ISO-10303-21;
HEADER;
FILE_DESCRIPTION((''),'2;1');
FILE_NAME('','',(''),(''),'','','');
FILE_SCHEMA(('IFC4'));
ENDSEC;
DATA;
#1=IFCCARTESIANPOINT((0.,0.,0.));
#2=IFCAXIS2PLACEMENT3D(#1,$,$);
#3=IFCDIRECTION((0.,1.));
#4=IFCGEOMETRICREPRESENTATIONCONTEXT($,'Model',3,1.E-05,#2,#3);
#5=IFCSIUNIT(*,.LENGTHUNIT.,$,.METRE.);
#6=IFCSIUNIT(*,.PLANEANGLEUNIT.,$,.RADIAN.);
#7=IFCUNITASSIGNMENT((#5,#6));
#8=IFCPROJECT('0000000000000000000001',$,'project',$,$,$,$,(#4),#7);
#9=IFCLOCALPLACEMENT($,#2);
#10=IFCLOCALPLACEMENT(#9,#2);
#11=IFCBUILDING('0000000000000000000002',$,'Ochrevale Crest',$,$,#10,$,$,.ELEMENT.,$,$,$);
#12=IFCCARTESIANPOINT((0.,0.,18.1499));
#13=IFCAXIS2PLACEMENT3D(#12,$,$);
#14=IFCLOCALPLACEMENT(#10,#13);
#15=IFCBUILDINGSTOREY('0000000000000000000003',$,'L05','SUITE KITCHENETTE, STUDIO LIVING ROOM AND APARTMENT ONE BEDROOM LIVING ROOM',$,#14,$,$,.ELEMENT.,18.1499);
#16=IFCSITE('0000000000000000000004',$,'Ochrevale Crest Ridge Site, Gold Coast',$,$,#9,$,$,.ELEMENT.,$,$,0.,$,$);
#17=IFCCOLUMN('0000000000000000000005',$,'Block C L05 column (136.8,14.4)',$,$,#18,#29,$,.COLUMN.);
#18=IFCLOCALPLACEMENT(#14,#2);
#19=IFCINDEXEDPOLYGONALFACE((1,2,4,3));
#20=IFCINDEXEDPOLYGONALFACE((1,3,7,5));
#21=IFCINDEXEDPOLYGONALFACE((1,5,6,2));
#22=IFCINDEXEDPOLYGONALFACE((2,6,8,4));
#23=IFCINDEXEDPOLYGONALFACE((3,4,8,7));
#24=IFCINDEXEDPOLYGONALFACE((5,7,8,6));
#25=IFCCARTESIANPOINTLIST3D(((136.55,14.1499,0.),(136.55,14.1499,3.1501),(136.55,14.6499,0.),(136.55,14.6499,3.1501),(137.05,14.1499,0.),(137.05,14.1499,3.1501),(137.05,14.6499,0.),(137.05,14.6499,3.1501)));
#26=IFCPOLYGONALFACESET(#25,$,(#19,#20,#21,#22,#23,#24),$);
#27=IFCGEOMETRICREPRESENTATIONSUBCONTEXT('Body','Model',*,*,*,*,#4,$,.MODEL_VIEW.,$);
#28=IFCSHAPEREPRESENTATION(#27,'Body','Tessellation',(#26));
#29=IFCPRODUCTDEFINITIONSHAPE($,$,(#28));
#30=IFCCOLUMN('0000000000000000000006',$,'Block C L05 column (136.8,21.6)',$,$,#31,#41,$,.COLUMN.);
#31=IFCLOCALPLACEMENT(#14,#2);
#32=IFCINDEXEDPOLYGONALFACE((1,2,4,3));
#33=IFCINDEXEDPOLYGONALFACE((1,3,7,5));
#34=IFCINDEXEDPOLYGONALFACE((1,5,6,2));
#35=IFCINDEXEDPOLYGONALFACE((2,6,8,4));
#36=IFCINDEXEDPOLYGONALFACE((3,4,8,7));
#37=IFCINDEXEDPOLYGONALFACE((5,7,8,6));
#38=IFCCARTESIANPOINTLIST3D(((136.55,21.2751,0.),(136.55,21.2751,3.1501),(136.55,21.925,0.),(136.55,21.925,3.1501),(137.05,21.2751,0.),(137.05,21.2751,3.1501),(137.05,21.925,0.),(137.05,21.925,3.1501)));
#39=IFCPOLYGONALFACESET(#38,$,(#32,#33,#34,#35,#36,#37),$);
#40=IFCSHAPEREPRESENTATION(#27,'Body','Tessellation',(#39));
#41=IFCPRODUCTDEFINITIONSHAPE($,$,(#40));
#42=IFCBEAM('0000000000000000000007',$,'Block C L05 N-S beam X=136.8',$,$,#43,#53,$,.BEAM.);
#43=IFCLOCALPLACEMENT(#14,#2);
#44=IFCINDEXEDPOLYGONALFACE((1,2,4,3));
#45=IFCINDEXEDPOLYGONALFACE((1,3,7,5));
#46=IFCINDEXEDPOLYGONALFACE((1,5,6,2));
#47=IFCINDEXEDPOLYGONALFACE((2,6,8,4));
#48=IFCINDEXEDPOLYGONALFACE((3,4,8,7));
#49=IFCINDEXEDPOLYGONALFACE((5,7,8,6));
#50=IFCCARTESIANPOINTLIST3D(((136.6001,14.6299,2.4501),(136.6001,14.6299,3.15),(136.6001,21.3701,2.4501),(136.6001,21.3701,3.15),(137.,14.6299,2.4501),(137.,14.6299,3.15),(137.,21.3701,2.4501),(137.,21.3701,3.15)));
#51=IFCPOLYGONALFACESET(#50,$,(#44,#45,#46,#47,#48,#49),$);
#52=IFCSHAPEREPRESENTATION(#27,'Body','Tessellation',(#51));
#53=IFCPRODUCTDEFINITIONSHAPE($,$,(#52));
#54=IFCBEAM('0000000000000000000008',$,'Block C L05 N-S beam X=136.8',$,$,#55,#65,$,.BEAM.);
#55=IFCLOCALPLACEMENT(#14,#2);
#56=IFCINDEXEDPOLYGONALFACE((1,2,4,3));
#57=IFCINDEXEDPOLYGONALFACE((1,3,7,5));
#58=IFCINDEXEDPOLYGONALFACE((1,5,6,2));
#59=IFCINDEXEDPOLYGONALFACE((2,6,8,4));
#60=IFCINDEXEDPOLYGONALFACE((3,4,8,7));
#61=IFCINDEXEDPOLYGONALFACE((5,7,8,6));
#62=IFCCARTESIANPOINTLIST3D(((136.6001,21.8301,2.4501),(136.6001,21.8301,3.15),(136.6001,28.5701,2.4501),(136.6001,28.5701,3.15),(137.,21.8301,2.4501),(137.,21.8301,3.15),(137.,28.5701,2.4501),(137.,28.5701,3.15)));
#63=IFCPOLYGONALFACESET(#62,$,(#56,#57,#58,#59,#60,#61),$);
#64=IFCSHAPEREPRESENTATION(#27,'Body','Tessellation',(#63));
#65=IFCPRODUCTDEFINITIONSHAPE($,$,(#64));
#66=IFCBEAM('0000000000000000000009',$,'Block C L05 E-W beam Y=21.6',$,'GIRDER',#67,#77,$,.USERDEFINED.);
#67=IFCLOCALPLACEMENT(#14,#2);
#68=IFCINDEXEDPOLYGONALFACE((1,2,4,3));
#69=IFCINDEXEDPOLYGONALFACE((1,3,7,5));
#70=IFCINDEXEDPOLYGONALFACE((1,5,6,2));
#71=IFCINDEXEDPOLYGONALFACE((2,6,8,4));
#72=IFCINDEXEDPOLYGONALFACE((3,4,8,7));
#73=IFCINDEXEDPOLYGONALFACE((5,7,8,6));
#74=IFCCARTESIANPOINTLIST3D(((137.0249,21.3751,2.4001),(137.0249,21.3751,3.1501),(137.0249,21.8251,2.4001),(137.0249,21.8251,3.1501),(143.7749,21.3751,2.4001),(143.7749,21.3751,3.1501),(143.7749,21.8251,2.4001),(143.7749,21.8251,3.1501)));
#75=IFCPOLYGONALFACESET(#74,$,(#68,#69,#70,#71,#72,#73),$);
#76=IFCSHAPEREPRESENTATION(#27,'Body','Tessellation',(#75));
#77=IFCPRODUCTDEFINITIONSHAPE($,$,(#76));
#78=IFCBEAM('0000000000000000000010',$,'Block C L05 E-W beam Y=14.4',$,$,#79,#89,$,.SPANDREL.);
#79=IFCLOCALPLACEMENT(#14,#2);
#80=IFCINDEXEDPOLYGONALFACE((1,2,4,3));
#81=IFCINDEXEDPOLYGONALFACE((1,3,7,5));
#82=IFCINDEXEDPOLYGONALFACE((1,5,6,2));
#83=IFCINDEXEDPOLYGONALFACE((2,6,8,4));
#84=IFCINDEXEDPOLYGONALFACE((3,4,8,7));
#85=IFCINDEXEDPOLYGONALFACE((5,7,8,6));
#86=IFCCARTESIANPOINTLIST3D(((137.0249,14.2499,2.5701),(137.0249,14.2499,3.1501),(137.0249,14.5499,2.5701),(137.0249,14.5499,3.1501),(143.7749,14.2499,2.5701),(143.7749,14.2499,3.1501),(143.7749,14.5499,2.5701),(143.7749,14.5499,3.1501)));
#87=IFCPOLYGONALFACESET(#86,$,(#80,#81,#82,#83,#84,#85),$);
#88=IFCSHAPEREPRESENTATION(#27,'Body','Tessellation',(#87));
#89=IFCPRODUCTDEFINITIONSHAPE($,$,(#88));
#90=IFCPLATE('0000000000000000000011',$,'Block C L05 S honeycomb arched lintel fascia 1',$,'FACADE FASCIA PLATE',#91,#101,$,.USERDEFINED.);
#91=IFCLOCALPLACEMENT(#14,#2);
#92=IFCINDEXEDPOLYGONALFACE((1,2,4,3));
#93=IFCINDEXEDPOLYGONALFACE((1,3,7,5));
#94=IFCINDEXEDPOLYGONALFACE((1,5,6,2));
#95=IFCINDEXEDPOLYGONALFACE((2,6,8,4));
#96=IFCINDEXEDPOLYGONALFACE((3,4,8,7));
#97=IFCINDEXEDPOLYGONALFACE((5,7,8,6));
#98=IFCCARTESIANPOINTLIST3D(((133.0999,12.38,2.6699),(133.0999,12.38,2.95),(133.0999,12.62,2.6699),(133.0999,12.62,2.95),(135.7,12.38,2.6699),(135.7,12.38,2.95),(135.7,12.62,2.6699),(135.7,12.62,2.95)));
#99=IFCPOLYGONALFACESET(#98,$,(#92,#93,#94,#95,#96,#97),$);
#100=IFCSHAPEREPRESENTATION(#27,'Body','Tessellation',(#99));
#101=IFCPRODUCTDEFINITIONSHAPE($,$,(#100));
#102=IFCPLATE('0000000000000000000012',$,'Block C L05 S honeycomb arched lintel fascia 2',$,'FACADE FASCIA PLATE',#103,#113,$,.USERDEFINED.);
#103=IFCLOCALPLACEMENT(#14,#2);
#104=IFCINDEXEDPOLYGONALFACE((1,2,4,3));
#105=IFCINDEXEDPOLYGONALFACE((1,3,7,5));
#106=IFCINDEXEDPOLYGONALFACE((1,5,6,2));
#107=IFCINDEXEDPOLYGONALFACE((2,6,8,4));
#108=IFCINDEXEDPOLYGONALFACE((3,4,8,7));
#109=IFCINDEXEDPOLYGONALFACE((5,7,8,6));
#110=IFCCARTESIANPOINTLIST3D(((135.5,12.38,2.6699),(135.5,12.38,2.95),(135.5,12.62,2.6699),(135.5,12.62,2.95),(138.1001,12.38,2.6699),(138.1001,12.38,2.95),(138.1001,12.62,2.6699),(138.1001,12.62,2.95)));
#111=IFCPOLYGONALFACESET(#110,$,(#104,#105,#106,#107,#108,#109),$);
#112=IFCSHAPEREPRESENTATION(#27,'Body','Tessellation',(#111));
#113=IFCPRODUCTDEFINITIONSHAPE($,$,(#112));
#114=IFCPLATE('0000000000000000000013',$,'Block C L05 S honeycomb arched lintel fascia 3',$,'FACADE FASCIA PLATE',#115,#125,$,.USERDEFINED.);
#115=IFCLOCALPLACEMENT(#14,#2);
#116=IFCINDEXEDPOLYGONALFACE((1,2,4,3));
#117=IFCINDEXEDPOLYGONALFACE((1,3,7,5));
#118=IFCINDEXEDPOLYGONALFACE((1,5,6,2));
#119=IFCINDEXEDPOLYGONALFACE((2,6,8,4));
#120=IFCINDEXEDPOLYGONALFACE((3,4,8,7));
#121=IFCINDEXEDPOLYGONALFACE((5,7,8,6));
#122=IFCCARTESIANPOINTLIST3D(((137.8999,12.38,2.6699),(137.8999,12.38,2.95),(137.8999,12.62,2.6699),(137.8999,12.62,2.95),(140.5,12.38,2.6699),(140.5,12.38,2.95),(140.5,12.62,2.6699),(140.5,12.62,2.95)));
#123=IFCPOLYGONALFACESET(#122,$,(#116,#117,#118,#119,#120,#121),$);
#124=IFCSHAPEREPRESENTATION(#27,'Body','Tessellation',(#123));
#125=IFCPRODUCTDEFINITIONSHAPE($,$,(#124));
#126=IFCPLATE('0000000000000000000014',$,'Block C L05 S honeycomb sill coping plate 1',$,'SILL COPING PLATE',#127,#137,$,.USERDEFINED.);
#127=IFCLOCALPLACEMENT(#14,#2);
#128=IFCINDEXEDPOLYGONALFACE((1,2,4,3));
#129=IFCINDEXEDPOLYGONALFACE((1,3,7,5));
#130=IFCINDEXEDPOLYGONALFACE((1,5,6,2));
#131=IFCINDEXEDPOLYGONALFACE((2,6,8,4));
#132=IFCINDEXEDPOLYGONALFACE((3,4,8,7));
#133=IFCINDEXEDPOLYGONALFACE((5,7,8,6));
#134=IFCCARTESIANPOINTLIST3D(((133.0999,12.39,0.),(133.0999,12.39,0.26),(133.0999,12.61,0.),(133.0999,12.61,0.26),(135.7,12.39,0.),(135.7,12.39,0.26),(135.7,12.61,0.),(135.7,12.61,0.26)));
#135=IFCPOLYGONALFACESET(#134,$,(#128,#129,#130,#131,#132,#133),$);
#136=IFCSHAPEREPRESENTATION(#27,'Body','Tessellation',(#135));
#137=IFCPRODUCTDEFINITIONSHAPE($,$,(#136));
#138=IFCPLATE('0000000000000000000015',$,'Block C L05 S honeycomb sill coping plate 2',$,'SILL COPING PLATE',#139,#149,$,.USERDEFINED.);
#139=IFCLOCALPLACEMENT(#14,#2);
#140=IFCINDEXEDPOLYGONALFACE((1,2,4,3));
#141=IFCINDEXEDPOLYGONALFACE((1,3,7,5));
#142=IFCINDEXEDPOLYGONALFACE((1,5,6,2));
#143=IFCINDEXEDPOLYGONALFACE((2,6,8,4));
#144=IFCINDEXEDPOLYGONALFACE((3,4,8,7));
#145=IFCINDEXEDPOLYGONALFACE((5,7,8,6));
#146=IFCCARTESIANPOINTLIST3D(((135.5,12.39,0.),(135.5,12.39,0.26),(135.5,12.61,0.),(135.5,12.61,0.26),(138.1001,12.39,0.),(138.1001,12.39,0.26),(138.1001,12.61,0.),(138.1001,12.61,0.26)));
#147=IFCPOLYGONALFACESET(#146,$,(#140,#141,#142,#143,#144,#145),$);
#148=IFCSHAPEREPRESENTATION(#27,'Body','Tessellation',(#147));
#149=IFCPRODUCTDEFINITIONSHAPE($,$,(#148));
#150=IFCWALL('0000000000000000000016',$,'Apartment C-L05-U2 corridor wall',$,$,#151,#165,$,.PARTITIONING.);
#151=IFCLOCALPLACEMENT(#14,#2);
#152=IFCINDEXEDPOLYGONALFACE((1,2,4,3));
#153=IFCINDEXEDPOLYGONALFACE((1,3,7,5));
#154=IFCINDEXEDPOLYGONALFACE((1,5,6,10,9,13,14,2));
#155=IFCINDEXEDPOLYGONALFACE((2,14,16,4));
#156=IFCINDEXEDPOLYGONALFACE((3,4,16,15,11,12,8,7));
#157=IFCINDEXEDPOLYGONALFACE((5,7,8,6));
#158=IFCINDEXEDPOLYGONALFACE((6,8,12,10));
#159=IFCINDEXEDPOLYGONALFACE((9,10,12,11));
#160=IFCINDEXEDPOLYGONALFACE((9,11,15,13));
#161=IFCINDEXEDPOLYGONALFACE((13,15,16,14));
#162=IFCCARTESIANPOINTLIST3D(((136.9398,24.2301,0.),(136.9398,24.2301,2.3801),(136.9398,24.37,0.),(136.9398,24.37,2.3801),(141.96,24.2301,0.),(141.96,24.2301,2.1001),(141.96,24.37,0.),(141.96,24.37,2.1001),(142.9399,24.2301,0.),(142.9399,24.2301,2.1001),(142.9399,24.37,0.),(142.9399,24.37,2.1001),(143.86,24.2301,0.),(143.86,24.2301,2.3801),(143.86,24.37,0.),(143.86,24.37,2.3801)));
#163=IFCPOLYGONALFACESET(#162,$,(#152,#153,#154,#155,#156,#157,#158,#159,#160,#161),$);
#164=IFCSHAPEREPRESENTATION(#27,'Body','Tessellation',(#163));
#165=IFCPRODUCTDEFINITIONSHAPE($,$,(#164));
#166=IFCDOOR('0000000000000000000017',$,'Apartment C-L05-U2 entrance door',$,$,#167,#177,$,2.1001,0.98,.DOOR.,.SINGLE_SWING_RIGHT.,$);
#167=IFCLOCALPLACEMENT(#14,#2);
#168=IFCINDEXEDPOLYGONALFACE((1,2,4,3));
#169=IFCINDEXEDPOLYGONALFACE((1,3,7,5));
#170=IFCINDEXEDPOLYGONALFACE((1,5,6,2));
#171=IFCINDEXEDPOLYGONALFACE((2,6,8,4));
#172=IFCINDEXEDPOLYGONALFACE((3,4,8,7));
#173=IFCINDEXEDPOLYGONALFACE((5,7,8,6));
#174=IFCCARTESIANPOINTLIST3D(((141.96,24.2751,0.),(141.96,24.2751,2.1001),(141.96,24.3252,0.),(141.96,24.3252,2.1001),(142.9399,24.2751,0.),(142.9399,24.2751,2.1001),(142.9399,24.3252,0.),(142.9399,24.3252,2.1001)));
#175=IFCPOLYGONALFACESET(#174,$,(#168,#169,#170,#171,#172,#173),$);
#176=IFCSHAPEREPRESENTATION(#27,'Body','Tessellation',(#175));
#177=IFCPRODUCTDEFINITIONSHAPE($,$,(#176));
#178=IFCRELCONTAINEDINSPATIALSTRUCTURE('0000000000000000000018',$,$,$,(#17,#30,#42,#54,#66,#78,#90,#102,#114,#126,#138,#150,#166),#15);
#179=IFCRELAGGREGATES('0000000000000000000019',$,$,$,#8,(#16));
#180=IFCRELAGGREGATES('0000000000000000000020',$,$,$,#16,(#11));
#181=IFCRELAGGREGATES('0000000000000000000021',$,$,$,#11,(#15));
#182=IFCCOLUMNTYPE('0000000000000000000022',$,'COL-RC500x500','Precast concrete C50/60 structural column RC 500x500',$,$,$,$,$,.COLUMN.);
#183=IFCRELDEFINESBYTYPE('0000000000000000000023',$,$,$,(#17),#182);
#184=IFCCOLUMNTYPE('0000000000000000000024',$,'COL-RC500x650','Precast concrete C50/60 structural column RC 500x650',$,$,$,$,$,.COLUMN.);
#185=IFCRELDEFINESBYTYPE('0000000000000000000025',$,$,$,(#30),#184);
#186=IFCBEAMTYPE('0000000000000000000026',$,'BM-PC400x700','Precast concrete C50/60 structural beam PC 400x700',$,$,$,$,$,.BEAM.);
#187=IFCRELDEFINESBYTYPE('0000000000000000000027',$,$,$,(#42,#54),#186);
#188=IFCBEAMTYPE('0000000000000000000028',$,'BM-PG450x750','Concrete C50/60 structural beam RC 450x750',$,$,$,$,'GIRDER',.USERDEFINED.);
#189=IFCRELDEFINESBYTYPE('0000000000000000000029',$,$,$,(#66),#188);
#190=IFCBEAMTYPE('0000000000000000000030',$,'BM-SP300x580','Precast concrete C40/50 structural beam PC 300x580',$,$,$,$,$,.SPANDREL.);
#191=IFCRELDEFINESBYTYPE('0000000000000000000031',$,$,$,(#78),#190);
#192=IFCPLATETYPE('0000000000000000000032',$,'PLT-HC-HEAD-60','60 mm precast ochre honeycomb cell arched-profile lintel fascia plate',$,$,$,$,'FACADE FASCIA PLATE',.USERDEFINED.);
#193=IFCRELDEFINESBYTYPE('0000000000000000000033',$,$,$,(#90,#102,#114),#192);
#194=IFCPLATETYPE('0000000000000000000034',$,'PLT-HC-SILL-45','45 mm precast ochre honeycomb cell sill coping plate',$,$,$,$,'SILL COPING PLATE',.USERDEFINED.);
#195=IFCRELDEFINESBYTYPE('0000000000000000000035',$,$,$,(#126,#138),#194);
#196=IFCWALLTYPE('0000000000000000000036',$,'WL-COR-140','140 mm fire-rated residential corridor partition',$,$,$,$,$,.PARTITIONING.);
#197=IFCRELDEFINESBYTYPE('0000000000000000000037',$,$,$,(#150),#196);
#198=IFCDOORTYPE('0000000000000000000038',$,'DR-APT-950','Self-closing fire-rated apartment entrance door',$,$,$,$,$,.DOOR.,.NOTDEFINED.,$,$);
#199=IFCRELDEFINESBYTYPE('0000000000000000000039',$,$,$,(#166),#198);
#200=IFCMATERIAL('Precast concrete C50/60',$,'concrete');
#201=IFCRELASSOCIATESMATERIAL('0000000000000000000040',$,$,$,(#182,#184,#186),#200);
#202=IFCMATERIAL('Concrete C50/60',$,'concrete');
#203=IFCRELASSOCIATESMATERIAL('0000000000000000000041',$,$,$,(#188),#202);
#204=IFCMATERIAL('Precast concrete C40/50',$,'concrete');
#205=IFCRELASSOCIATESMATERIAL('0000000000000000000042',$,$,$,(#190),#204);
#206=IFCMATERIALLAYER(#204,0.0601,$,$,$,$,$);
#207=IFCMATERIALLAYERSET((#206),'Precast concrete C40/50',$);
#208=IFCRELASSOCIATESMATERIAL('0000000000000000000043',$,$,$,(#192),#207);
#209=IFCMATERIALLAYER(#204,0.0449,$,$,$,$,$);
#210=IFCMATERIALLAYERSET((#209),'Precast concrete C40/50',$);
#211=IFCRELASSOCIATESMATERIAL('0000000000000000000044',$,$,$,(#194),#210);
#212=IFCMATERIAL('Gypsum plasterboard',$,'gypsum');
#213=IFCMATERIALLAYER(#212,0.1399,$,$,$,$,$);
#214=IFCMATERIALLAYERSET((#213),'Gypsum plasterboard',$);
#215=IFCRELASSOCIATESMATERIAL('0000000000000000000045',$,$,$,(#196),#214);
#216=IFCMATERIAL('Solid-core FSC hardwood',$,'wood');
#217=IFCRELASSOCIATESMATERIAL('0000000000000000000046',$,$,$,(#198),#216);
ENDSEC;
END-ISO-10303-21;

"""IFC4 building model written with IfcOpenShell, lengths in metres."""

from ifc_helpers import new_model, si_unit, direction, frame, frame_2d, origin, origin_2d, place, context, subcontext, project, spatial, rectangle, extrude, material, layer, layer_set, material_profile, profile_set, type_object, element, fill, save


model = new_model("IFC4")

# Units and contexts
model_context = context("Model", 3, precision=1e-05, world=origin(), true_north=direction((0.0, 1.0)))
body_context = subcontext(model_context, "Body", "Model", "MODEL_VIEW")
ifc_project = project(units=[si_unit("LENGTHUNIT", "METRE"), si_unit("PLANEANGLEUNIT", "RADIAN")], contexts=[model_context])

# Site, building, storey
site_placement = place(None, origin())
site = spatial("IfcSite", under=ifc_project, at=site_placement, Name="Ochrevale Crest Ridge Site, Gold Coast", CompositionType="ELEMENT", RefElevation=0.0)
building_placement = place(site_placement, origin())
building = spatial("IfcBuilding", under=site, at=building_placement, Name="Ochrevale Crest", CompositionType="ELEMENT")
storey_placement = place(building_placement, frame((0.0, 0.0, 18.1499)))
storey = spatial("IfcBuildingStorey", under=building, at=storey_placement, Name="L05", Description="SUITE KITCHENETTE, STUDIO LIVING ROOM AND APARTMENT ONE BEDROOM LIVING ROOM", CompositionType="ELEMENT", Elevation=18.1499)

# Columns
ifc_material_1 = material(Name="Precast concrete C50/60", Category="concrete")
ifc_material_profile_1 = material_profile(ifc_material_1, rectangle(XDim=0.5, YDim=0.5, at=origin_2d()), Name="RC 500x500")
ifc_profile_set_1 = profile_set([ifc_material_profile_1], Name="Precast concrete C50/60")
column_type_1 = type_object("IfcColumnType", Name="COL-RC500x500", Description="Precast concrete C50/60 structural column RC 500x500", PredefinedType="COLUMN", material=ifc_profile_set_1)
column_1_placement = place(storey_placement, frame((136.8, 14.3999, 0.0), z_axis=(0.0, 0.0, 1.0), x_axis=(1.0, 0.0, 0.0)))
element("IfcColumn", 1, at=column_1_placement, inside=storey, type_object=column_type_1, Name="Block C L05 column (136.8,14.4)", PredefinedType="COLUMN", context=body_context, shape_type="SweptSolid", body=[
    extrude(rectangle(XDim=0.5, YDim=0.5, at=origin_2d()), origin(), (0.0, 0.0, 1.0), 3.1501),
])
ifc_material_profile_2 = material_profile(ifc_material_1, rectangle(XDim=0.5, YDim=0.6499, at=origin_2d()), Name="RC 500x650")
ifc_profile_set_2 = profile_set([ifc_material_profile_2], Name="Precast concrete C50/60")
column_type_2 = type_object("IfcColumnType", Name="COL-RC500x650", Description="Precast concrete C50/60 structural column RC 500x650", PredefinedType="COLUMN", material=ifc_profile_set_2)
column_2_placement = place(storey_placement, frame((136.8, 21.6001, 0.0), z_axis=(0.0, 0.0, 1.0), x_axis=(1.0, 0.0, 0.0)))
element("IfcColumn", 2, at=column_2_placement, inside=storey, type_object=column_type_2, Name="Block C L05 column (136.8,21.6)", PredefinedType="COLUMN", context=body_context, shape_type="SweptSolid", body=[
    extrude(rectangle(XDim=0.5, YDim=0.6499, at=origin_2d()), origin(), (0.0, 0.0, 1.0), 3.1501),
])

# Beams
ifc_material_profile_3 = material_profile(ifc_material_1, rectangle(XDim=0.3999, YDim=0.7, at=origin_2d()), Name="PC 400x700")
ifc_profile_set_3 = profile_set([ifc_material_profile_3], Name="Precast concrete C50/60")
beam_type_1 = type_object("IfcBeamType", Name="BM-PC400x700", Description="Precast concrete C50/60 structural beam PC 400x700", PredefinedType="BEAM", material=ifc_profile_set_3)
beam_1_placement = place(storey_placement, frame((136.8, 14.6299, 2.8), z_axis=(0.0, 1.0, 0.0), x_axis=(-1.0, 0.0, 0.0)))
element("IfcBeam", 3, at=beam_1_placement, inside=storey, type_object=beam_type_1, Name="Block C L05 N-S beam X=136.8", PredefinedType="BEAM", context=body_context, shape_type="SweptSolid", body=[
    extrude(rectangle(XDim=0.3999, YDim=0.7, at=origin_2d()), origin(), (0.0, 0.0, 1.0), 6.7402),
])
beam_2_placement = place(storey_placement, frame((136.8, 21.8301, 2.8), z_axis=(0.0, 1.0, 0.0), x_axis=(-1.0, 0.0, 0.0)))
element("IfcBeam", 4, at=beam_2_placement, inside=storey, type_object=beam_type_1, Name="Block C L05 N-S beam X=136.8", PredefinedType="BEAM", context=body_context, shape_type="SweptSolid", body=[
    extrude(rectangle(XDim=0.3999, YDim=0.7, at=origin_2d()), origin(), (0.0, 0.0, 1.0), 6.74),
])
ifc_material_2 = material(Name="Concrete C50/60", Category="concrete")
ifc_material_profile_4 = material_profile(ifc_material_2, rectangle(XDim=0.45, YDim=0.75, at=origin_2d()), Name="RC 450x750")
ifc_profile_set_4 = profile_set([ifc_material_profile_4], Name="Concrete C50/60")
beam_type_2 = type_object("IfcBeamType", Name="BM-PG450x750", Description="Concrete C50/60 structural beam RC 450x750", ElementType="GIRDER", PredefinedType="USERDEFINED", material=ifc_profile_set_4)
beam_3_placement = place(storey_placement, frame((137.0249, 21.6001, 2.7751), z_axis=(1.0, 0.0, 0.0), x_axis=(0.0, 1.0, 0.0)))
element("IfcBeam", 5, at=beam_3_placement, inside=storey, type_object=beam_type_2, Name="Block C L05 E-W beam Y=21.6", ObjectType="GIRDER", PredefinedType="USERDEFINED", context=body_context, shape_type="SweptSolid", body=[
    extrude(rectangle(XDim=0.45, YDim=0.75, at=origin_2d()), origin(), (0.0, 0.0, 1.0), 6.75),
])
ifc_material_3 = material(Name="Precast concrete C40/50", Category="concrete")
ifc_material_profile_5 = material_profile(ifc_material_3, rectangle(XDim=0.3, YDim=0.5801, at=origin_2d()), Name="PC 300x580")
ifc_profile_set_5 = profile_set([ifc_material_profile_5], Name="Precast concrete C40/50")
beam_type_3 = type_object("IfcBeamType", Name="BM-SP300x580", Description="Precast concrete C40/50 structural beam PC 300x580", PredefinedType="SPANDREL", material=ifc_profile_set_5)
beam_4_placement = place(storey_placement, frame((137.0249, 14.3999, 2.8601), z_axis=(1.0, 0.0, 0.0), x_axis=(0.0, 1.0, 0.0)))
element("IfcBeam", 6, at=beam_4_placement, inside=storey, type_object=beam_type_3, Name="Block C L05 E-W beam Y=14.4", PredefinedType="SPANDREL", context=body_context, shape_type="SweptSolid", body=[
    extrude(rectangle(XDim=0.3, YDim=0.5801, at=origin_2d()), origin(), (0.0, 0.0, 1.0), 6.75),
])

# Plates
ifc_layer_1 = layer(ifc_material_3, 0.0601)
ifc_layer_set_1 = layer_set([ifc_layer_1], Name="Precast concrete C40/50")
plate_type_1 = type_object("IfcPlateType", Name="PLT-HC-HEAD-60", Description="60 mm precast ochre honeycomb cell arched-profile lintel fascia plate", ElementType="FACADE FASCIA PLATE", PredefinedType="USERDEFINED", material=ifc_layer_set_1)
for number, where, z_axis, x_axis, name in (
    (7, (134.3999, 12.5, 2.6699), (0.0, 0.0, 1.0), (1.0, 0.0, 0.0), "Block C L05 S honeycomb arched lintel fascia 1"),
    (8, (136.8, 12.5, 2.6699), (0.0, 0.0, 1.0), (1.0, 0.0, 0.0), "Block C L05 S honeycomb arched lintel fascia 2"),
    (9, (139.2, 12.5, 2.6699), (0.0, 0.0, 1.0), (1.0, 0.0, 0.0), "Block C L05 S honeycomb arched lintel fascia 3"),
):
    element("IfcPlate", number, at=place(storey_placement, frame(where, z_axis=z_axis, x_axis=x_axis)), inside=storey, type_object=plate_type_1, Name=name, ObjectType="FACADE FASCIA PLATE", PredefinedType="USERDEFINED", context=body_context, shape_type="SweptSolid", body=[
        extrude(rectangle(XDim=2.6001, YDim=0.24, at=origin_2d()), origin(), (0.0, 0.0, 1.0), 0.28),
    ])
ifc_layer_2 = layer(ifc_material_3, 0.0449)
ifc_layer_set_2 = layer_set([ifc_layer_2], Name="Precast concrete C40/50")
plate_type_2 = type_object("IfcPlateType", Name="PLT-HC-SILL-45", Description="45 mm precast ochre honeycomb cell sill coping plate", ElementType="SILL COPING PLATE", PredefinedType="USERDEFINED", material=ifc_layer_set_2)
for number, where, z_axis, x_axis, name in (
    (10, (134.3999, 12.5, 0.0), (0.0, 0.0, 1.0), (1.0, 0.0, 0.0), "Block C L05 S honeycomb sill coping plate 1"),
    (11, (136.8, 12.5, 0.0), (0.0, 0.0, 1.0), (1.0, 0.0, 0.0), "Block C L05 S honeycomb sill coping plate 2"),
):
    element("IfcPlate", number, at=place(storey_placement, frame(where, z_axis=z_axis, x_axis=x_axis)), inside=storey, type_object=plate_type_2, Name=name, ObjectType="SILL COPING PLATE", PredefinedType="USERDEFINED", context=body_context, shape_type="SweptSolid", body=[
        extrude(rectangle(XDim=2.6001, YDim=0.22, at=origin_2d()), origin(), (0.0, 0.0, 1.0), 0.26),
    ])

# Wall, opening, door
ifc_material_4 = material(Name="Gypsum plasterboard", Category="gypsum")
ifc_layer_3 = layer(ifc_material_4, 0.1399)
ifc_layer_set_3 = layer_set([ifc_layer_3], Name="Gypsum plasterboard")
wall_type_1 = type_object("IfcWallType", Name="WL-COR-140", Description="140 mm fire-rated residential corridor partition", PredefinedType="PARTITIONING", material=ifc_layer_set_3)
wall_1_placement = place(storey_placement, frame((136.9399, 24.3, 0.0), z_axis=(0.0, 0.0, 1.0), x_axis=(1.0, 0.0, 0.0)))
wall_1 = element("IfcWall", 12, at=wall_1_placement, inside=storey, type_object=wall_type_1, Name="Apartment C-L05-U2 corridor wall", PredefinedType="PARTITIONING", context=body_context, shape_type="SweptSolid", body=[
    extrude(rectangle(XDim=6.9202, YDim=0.1399, at=frame_2d((3.46, 0.0))), origin(), (0.0, 0.0, 1.0), 2.3801),
])
opening_1_placement = place(wall_1_placement, frame((6.0, 0.0, 0.0), z_axis=(0.0, 0.0, 1.0), x_axis=(-1.0, 0.0, 0.0)))
opening_1 = element("IfcOpeningElement", 13, at=opening_1_placement, cuts=wall_1, PredefinedType="OPENING", context=body_context, shape_type="SweptSolid", body=[
    extrude(rectangle(XDim=0.98, YDim=2.1001, at=frame_2d((0.49, 1.05))), frame((0.0, 0.0801, 0.0), z_axis=(0.0, -1.0, 0.0), x_axis=(1.0, 0.0, 0.0)), (0.0, 0.0, 1.0), 0.1599),
])
ifc_material_5 = material(Name="Solid-core FSC hardwood", Category="wood")
door_type_1 = type_object("IfcDoorType", Name="DR-APT-950", Description="Self-closing fire-rated apartment entrance door", OperationType="NOTDEFINED", PredefinedType="DOOR", material=ifc_material_5)
door_1_placement = place(opening_1_placement, origin())
door_1 = element("IfcDoor", 14, at=door_1_placement, inside=storey, type_object=door_type_1, Name="Apartment C-L05-U2 entrance door", OperationType="SINGLE_SWING_RIGHT", OverallHeight=2.1001, OverallWidth=0.98, PredefinedType="DOOR", context=body_context, shape_type="SweptSolid", body=[
    extrude(rectangle(XDim=0.98, YDim=2.1001, at=frame_2d((0.49, 1.05))), frame((0.0, 0.0249, 0.0), z_axis=(0.0, -1.0, 0.0), x_axis=(1.0, 0.0, 0.0)), (0.0, 0.0, 1.0), 0.05),
])
fill(opening_1, door_1)

save(model, "model.ifc")
